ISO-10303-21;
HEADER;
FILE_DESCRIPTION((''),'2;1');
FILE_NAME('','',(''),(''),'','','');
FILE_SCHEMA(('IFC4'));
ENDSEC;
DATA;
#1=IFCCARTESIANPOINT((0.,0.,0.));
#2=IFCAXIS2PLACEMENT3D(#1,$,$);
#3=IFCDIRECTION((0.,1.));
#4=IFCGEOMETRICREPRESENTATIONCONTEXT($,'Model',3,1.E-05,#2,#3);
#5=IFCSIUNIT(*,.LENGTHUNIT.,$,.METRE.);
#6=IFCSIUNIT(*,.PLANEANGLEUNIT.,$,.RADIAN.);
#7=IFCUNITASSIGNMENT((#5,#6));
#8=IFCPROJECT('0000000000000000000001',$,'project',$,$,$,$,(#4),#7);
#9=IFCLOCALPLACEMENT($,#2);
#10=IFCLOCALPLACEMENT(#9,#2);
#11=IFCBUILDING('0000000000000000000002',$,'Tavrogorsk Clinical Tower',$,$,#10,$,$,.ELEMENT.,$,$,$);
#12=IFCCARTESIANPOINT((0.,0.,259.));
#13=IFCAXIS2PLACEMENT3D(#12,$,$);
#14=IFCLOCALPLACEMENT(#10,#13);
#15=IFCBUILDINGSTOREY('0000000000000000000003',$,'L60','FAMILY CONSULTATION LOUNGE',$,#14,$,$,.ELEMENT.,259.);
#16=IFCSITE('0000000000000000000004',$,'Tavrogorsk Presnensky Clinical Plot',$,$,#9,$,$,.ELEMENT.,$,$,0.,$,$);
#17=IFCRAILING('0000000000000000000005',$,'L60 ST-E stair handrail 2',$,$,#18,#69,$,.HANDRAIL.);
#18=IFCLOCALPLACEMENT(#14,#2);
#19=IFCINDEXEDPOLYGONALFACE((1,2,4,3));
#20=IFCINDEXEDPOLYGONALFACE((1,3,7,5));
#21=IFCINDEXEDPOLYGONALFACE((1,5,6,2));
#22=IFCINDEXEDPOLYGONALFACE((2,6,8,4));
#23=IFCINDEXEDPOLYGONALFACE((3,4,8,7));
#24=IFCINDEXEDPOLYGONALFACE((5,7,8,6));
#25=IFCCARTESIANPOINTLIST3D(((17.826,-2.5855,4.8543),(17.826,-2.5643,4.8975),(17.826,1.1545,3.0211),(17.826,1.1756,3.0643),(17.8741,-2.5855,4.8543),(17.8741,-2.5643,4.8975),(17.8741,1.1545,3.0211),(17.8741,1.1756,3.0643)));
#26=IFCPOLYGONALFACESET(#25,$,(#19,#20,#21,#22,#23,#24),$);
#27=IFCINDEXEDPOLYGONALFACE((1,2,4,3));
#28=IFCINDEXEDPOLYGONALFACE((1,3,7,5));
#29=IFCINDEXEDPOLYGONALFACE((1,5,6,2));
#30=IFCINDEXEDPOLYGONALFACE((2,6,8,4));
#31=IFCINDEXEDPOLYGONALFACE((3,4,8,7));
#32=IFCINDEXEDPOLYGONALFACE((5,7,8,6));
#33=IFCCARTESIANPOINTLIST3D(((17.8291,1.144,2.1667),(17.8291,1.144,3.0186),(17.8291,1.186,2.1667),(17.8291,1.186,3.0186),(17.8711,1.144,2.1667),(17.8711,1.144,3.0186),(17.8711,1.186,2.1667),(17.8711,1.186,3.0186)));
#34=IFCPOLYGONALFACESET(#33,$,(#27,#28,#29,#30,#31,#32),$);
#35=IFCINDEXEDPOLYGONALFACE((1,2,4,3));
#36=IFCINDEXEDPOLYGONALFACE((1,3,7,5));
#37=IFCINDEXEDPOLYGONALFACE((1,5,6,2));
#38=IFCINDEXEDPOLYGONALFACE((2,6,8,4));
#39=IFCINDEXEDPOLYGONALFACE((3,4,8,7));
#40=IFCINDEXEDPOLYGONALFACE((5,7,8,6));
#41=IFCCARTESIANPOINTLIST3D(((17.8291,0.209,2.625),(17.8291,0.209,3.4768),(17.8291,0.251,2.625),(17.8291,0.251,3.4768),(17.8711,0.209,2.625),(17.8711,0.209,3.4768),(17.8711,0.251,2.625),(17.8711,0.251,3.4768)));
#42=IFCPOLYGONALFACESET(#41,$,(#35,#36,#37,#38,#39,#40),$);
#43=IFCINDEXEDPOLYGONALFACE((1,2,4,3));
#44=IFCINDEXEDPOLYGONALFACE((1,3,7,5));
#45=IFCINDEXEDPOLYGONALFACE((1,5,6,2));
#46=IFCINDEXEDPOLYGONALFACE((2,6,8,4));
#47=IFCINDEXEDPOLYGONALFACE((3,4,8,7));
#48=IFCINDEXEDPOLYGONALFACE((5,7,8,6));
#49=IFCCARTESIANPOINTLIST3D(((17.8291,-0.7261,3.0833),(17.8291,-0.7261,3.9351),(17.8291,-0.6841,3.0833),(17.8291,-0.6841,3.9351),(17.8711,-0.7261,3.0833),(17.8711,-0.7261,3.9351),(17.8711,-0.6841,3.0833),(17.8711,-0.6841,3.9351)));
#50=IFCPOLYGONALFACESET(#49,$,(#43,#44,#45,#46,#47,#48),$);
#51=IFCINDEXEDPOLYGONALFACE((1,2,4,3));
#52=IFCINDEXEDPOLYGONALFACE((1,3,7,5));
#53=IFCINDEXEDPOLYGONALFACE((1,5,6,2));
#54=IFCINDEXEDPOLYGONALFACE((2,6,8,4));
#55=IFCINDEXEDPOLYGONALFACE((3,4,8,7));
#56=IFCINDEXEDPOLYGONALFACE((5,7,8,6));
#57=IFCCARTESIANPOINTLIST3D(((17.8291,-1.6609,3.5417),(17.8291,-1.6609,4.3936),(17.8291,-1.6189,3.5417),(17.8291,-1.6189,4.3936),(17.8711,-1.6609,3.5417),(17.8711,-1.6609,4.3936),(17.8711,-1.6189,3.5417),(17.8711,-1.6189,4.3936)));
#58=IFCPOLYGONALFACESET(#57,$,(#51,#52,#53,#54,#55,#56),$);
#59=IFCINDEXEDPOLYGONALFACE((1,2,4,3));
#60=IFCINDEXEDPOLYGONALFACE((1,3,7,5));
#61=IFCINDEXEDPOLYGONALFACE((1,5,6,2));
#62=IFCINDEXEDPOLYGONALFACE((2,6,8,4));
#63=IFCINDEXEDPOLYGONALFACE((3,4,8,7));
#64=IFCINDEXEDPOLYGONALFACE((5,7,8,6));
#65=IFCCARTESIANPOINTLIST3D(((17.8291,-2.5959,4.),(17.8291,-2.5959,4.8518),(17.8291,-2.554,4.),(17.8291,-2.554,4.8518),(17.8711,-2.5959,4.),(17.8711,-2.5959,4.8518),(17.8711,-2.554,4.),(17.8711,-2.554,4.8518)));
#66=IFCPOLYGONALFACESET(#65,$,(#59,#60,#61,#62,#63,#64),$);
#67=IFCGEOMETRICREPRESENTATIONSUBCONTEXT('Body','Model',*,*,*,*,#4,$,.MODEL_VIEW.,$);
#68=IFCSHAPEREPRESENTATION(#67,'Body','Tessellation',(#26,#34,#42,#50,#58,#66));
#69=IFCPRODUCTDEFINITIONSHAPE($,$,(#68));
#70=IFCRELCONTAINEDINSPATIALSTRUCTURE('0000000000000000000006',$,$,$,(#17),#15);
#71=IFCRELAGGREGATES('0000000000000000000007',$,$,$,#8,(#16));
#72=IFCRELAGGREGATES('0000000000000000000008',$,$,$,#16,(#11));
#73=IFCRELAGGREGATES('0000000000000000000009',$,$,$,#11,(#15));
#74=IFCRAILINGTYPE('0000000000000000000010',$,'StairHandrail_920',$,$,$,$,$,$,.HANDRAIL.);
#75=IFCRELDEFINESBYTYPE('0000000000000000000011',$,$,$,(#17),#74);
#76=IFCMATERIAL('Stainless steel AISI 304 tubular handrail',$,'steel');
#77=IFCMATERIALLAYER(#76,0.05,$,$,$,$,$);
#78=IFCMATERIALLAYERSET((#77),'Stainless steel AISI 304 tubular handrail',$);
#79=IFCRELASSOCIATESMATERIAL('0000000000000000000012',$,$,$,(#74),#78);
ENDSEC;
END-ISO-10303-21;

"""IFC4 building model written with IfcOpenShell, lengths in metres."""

from ifc_helpers import new_model, si_unit, direction, frame, origin, origin_2d, place, context, subcontext, project, spatial, rectangle, extrude, material, layer, layer_set, type_object, element, save


model = new_model("IFC4")

# Units and contexts
model_context = context("Model", 3, precision=1e-05, world=origin(), true_north=direction((0.0, 1.0)))
body_context = subcontext(model_context, "Body", "Model", "MODEL_VIEW")
ifc_project = project(units=[si_unit("LENGTHUNIT", "METRE"), si_unit("PLANEANGLEUNIT", "RADIAN")], contexts=[model_context])

# Site, building, storey
site_placement = place(None, origin())
site = spatial("IfcSite", under=ifc_project, at=site_placement, Name="Tavrogorsk Presnensky Clinical Plot", CompositionType="ELEMENT", RefElevation=0.0)
building_placement = place(site_placement, origin())
building = spatial("IfcBuilding", under=site, at=building_placement, Name="Tavrogorsk Clinical Tower", CompositionType="ELEMENT")
storey_placement = place(building_placement, frame((0.0, 0.0, 259.0)))
storey = spatial("IfcBuildingStorey", under=building, at=storey_placement, Name="L60", Description="FAMILY CONSULTATION LOUNGE", CompositionType="ELEMENT", Elevation=259.0)

# Railing
ifc_material_1 = material(Name="Stainless steel AISI 304 tubular handrail", Category="steel")
ifc_layer_1 = layer(ifc_material_1, 0.05)
ifc_layer_set_1 = layer_set([ifc_layer_1], Name="Stainless steel AISI 304 tubular handrail")
railing_type_1 = type_object("IfcRailingType", Name="StairHandrail_920", PredefinedType="HANDRAIL", material=ifc_layer_set_1)
railing_1_placement = place(storey_placement, frame((17.8501, 1.165, 2.1667)))
element("IfcRailing", 1, at=railing_1_placement, inside=storey, type_object=railing_type_1, Name="L60 ST-E stair handrail 2", PredefinedType="HANDRAIL", context=body_context, shape_type="SweptSolid", body=[
    extrude(rectangle(XDim=0.0481, YDim=0.0481, at=origin_2d()), frame((0.0, 0.0, 0.876), z_axis=(0.0, -0.897928, 0.440142), x_axis=(1.0, 0.0, 0.0)), (0.0, 0.0, 1.0), 4.165),
    extrude(rectangle(XDim=0.042, YDim=0.042, at=origin_2d()), origin(), (0.0, 0.0, 1.0), 0.8518),
    extrude(rectangle(XDim=0.042, YDim=0.042, at=origin_2d()), frame((0.0, -0.9351, 0.4583)), (0.0, 0.0, 1.0), 0.8518),
    extrude(rectangle(XDim=0.042, YDim=0.042, at=origin_2d()), frame((0.0, -1.8701, 0.9165)), (0.0, 0.0, 1.0), 0.8518),
    extrude(rectangle(XDim=0.042, YDim=0.042, at=origin_2d()), frame((0.0, -2.8049, 1.375)), (0.0, 0.0, 1.0), 0.8518),
    extrude(rectangle(XDim=0.042, YDim=0.042, at=origin_2d()), frame((0.0, -3.74, 1.8333)), (0.0, 0.0, 1.0), 0.8518),
])

save(model, "model.ifc")
